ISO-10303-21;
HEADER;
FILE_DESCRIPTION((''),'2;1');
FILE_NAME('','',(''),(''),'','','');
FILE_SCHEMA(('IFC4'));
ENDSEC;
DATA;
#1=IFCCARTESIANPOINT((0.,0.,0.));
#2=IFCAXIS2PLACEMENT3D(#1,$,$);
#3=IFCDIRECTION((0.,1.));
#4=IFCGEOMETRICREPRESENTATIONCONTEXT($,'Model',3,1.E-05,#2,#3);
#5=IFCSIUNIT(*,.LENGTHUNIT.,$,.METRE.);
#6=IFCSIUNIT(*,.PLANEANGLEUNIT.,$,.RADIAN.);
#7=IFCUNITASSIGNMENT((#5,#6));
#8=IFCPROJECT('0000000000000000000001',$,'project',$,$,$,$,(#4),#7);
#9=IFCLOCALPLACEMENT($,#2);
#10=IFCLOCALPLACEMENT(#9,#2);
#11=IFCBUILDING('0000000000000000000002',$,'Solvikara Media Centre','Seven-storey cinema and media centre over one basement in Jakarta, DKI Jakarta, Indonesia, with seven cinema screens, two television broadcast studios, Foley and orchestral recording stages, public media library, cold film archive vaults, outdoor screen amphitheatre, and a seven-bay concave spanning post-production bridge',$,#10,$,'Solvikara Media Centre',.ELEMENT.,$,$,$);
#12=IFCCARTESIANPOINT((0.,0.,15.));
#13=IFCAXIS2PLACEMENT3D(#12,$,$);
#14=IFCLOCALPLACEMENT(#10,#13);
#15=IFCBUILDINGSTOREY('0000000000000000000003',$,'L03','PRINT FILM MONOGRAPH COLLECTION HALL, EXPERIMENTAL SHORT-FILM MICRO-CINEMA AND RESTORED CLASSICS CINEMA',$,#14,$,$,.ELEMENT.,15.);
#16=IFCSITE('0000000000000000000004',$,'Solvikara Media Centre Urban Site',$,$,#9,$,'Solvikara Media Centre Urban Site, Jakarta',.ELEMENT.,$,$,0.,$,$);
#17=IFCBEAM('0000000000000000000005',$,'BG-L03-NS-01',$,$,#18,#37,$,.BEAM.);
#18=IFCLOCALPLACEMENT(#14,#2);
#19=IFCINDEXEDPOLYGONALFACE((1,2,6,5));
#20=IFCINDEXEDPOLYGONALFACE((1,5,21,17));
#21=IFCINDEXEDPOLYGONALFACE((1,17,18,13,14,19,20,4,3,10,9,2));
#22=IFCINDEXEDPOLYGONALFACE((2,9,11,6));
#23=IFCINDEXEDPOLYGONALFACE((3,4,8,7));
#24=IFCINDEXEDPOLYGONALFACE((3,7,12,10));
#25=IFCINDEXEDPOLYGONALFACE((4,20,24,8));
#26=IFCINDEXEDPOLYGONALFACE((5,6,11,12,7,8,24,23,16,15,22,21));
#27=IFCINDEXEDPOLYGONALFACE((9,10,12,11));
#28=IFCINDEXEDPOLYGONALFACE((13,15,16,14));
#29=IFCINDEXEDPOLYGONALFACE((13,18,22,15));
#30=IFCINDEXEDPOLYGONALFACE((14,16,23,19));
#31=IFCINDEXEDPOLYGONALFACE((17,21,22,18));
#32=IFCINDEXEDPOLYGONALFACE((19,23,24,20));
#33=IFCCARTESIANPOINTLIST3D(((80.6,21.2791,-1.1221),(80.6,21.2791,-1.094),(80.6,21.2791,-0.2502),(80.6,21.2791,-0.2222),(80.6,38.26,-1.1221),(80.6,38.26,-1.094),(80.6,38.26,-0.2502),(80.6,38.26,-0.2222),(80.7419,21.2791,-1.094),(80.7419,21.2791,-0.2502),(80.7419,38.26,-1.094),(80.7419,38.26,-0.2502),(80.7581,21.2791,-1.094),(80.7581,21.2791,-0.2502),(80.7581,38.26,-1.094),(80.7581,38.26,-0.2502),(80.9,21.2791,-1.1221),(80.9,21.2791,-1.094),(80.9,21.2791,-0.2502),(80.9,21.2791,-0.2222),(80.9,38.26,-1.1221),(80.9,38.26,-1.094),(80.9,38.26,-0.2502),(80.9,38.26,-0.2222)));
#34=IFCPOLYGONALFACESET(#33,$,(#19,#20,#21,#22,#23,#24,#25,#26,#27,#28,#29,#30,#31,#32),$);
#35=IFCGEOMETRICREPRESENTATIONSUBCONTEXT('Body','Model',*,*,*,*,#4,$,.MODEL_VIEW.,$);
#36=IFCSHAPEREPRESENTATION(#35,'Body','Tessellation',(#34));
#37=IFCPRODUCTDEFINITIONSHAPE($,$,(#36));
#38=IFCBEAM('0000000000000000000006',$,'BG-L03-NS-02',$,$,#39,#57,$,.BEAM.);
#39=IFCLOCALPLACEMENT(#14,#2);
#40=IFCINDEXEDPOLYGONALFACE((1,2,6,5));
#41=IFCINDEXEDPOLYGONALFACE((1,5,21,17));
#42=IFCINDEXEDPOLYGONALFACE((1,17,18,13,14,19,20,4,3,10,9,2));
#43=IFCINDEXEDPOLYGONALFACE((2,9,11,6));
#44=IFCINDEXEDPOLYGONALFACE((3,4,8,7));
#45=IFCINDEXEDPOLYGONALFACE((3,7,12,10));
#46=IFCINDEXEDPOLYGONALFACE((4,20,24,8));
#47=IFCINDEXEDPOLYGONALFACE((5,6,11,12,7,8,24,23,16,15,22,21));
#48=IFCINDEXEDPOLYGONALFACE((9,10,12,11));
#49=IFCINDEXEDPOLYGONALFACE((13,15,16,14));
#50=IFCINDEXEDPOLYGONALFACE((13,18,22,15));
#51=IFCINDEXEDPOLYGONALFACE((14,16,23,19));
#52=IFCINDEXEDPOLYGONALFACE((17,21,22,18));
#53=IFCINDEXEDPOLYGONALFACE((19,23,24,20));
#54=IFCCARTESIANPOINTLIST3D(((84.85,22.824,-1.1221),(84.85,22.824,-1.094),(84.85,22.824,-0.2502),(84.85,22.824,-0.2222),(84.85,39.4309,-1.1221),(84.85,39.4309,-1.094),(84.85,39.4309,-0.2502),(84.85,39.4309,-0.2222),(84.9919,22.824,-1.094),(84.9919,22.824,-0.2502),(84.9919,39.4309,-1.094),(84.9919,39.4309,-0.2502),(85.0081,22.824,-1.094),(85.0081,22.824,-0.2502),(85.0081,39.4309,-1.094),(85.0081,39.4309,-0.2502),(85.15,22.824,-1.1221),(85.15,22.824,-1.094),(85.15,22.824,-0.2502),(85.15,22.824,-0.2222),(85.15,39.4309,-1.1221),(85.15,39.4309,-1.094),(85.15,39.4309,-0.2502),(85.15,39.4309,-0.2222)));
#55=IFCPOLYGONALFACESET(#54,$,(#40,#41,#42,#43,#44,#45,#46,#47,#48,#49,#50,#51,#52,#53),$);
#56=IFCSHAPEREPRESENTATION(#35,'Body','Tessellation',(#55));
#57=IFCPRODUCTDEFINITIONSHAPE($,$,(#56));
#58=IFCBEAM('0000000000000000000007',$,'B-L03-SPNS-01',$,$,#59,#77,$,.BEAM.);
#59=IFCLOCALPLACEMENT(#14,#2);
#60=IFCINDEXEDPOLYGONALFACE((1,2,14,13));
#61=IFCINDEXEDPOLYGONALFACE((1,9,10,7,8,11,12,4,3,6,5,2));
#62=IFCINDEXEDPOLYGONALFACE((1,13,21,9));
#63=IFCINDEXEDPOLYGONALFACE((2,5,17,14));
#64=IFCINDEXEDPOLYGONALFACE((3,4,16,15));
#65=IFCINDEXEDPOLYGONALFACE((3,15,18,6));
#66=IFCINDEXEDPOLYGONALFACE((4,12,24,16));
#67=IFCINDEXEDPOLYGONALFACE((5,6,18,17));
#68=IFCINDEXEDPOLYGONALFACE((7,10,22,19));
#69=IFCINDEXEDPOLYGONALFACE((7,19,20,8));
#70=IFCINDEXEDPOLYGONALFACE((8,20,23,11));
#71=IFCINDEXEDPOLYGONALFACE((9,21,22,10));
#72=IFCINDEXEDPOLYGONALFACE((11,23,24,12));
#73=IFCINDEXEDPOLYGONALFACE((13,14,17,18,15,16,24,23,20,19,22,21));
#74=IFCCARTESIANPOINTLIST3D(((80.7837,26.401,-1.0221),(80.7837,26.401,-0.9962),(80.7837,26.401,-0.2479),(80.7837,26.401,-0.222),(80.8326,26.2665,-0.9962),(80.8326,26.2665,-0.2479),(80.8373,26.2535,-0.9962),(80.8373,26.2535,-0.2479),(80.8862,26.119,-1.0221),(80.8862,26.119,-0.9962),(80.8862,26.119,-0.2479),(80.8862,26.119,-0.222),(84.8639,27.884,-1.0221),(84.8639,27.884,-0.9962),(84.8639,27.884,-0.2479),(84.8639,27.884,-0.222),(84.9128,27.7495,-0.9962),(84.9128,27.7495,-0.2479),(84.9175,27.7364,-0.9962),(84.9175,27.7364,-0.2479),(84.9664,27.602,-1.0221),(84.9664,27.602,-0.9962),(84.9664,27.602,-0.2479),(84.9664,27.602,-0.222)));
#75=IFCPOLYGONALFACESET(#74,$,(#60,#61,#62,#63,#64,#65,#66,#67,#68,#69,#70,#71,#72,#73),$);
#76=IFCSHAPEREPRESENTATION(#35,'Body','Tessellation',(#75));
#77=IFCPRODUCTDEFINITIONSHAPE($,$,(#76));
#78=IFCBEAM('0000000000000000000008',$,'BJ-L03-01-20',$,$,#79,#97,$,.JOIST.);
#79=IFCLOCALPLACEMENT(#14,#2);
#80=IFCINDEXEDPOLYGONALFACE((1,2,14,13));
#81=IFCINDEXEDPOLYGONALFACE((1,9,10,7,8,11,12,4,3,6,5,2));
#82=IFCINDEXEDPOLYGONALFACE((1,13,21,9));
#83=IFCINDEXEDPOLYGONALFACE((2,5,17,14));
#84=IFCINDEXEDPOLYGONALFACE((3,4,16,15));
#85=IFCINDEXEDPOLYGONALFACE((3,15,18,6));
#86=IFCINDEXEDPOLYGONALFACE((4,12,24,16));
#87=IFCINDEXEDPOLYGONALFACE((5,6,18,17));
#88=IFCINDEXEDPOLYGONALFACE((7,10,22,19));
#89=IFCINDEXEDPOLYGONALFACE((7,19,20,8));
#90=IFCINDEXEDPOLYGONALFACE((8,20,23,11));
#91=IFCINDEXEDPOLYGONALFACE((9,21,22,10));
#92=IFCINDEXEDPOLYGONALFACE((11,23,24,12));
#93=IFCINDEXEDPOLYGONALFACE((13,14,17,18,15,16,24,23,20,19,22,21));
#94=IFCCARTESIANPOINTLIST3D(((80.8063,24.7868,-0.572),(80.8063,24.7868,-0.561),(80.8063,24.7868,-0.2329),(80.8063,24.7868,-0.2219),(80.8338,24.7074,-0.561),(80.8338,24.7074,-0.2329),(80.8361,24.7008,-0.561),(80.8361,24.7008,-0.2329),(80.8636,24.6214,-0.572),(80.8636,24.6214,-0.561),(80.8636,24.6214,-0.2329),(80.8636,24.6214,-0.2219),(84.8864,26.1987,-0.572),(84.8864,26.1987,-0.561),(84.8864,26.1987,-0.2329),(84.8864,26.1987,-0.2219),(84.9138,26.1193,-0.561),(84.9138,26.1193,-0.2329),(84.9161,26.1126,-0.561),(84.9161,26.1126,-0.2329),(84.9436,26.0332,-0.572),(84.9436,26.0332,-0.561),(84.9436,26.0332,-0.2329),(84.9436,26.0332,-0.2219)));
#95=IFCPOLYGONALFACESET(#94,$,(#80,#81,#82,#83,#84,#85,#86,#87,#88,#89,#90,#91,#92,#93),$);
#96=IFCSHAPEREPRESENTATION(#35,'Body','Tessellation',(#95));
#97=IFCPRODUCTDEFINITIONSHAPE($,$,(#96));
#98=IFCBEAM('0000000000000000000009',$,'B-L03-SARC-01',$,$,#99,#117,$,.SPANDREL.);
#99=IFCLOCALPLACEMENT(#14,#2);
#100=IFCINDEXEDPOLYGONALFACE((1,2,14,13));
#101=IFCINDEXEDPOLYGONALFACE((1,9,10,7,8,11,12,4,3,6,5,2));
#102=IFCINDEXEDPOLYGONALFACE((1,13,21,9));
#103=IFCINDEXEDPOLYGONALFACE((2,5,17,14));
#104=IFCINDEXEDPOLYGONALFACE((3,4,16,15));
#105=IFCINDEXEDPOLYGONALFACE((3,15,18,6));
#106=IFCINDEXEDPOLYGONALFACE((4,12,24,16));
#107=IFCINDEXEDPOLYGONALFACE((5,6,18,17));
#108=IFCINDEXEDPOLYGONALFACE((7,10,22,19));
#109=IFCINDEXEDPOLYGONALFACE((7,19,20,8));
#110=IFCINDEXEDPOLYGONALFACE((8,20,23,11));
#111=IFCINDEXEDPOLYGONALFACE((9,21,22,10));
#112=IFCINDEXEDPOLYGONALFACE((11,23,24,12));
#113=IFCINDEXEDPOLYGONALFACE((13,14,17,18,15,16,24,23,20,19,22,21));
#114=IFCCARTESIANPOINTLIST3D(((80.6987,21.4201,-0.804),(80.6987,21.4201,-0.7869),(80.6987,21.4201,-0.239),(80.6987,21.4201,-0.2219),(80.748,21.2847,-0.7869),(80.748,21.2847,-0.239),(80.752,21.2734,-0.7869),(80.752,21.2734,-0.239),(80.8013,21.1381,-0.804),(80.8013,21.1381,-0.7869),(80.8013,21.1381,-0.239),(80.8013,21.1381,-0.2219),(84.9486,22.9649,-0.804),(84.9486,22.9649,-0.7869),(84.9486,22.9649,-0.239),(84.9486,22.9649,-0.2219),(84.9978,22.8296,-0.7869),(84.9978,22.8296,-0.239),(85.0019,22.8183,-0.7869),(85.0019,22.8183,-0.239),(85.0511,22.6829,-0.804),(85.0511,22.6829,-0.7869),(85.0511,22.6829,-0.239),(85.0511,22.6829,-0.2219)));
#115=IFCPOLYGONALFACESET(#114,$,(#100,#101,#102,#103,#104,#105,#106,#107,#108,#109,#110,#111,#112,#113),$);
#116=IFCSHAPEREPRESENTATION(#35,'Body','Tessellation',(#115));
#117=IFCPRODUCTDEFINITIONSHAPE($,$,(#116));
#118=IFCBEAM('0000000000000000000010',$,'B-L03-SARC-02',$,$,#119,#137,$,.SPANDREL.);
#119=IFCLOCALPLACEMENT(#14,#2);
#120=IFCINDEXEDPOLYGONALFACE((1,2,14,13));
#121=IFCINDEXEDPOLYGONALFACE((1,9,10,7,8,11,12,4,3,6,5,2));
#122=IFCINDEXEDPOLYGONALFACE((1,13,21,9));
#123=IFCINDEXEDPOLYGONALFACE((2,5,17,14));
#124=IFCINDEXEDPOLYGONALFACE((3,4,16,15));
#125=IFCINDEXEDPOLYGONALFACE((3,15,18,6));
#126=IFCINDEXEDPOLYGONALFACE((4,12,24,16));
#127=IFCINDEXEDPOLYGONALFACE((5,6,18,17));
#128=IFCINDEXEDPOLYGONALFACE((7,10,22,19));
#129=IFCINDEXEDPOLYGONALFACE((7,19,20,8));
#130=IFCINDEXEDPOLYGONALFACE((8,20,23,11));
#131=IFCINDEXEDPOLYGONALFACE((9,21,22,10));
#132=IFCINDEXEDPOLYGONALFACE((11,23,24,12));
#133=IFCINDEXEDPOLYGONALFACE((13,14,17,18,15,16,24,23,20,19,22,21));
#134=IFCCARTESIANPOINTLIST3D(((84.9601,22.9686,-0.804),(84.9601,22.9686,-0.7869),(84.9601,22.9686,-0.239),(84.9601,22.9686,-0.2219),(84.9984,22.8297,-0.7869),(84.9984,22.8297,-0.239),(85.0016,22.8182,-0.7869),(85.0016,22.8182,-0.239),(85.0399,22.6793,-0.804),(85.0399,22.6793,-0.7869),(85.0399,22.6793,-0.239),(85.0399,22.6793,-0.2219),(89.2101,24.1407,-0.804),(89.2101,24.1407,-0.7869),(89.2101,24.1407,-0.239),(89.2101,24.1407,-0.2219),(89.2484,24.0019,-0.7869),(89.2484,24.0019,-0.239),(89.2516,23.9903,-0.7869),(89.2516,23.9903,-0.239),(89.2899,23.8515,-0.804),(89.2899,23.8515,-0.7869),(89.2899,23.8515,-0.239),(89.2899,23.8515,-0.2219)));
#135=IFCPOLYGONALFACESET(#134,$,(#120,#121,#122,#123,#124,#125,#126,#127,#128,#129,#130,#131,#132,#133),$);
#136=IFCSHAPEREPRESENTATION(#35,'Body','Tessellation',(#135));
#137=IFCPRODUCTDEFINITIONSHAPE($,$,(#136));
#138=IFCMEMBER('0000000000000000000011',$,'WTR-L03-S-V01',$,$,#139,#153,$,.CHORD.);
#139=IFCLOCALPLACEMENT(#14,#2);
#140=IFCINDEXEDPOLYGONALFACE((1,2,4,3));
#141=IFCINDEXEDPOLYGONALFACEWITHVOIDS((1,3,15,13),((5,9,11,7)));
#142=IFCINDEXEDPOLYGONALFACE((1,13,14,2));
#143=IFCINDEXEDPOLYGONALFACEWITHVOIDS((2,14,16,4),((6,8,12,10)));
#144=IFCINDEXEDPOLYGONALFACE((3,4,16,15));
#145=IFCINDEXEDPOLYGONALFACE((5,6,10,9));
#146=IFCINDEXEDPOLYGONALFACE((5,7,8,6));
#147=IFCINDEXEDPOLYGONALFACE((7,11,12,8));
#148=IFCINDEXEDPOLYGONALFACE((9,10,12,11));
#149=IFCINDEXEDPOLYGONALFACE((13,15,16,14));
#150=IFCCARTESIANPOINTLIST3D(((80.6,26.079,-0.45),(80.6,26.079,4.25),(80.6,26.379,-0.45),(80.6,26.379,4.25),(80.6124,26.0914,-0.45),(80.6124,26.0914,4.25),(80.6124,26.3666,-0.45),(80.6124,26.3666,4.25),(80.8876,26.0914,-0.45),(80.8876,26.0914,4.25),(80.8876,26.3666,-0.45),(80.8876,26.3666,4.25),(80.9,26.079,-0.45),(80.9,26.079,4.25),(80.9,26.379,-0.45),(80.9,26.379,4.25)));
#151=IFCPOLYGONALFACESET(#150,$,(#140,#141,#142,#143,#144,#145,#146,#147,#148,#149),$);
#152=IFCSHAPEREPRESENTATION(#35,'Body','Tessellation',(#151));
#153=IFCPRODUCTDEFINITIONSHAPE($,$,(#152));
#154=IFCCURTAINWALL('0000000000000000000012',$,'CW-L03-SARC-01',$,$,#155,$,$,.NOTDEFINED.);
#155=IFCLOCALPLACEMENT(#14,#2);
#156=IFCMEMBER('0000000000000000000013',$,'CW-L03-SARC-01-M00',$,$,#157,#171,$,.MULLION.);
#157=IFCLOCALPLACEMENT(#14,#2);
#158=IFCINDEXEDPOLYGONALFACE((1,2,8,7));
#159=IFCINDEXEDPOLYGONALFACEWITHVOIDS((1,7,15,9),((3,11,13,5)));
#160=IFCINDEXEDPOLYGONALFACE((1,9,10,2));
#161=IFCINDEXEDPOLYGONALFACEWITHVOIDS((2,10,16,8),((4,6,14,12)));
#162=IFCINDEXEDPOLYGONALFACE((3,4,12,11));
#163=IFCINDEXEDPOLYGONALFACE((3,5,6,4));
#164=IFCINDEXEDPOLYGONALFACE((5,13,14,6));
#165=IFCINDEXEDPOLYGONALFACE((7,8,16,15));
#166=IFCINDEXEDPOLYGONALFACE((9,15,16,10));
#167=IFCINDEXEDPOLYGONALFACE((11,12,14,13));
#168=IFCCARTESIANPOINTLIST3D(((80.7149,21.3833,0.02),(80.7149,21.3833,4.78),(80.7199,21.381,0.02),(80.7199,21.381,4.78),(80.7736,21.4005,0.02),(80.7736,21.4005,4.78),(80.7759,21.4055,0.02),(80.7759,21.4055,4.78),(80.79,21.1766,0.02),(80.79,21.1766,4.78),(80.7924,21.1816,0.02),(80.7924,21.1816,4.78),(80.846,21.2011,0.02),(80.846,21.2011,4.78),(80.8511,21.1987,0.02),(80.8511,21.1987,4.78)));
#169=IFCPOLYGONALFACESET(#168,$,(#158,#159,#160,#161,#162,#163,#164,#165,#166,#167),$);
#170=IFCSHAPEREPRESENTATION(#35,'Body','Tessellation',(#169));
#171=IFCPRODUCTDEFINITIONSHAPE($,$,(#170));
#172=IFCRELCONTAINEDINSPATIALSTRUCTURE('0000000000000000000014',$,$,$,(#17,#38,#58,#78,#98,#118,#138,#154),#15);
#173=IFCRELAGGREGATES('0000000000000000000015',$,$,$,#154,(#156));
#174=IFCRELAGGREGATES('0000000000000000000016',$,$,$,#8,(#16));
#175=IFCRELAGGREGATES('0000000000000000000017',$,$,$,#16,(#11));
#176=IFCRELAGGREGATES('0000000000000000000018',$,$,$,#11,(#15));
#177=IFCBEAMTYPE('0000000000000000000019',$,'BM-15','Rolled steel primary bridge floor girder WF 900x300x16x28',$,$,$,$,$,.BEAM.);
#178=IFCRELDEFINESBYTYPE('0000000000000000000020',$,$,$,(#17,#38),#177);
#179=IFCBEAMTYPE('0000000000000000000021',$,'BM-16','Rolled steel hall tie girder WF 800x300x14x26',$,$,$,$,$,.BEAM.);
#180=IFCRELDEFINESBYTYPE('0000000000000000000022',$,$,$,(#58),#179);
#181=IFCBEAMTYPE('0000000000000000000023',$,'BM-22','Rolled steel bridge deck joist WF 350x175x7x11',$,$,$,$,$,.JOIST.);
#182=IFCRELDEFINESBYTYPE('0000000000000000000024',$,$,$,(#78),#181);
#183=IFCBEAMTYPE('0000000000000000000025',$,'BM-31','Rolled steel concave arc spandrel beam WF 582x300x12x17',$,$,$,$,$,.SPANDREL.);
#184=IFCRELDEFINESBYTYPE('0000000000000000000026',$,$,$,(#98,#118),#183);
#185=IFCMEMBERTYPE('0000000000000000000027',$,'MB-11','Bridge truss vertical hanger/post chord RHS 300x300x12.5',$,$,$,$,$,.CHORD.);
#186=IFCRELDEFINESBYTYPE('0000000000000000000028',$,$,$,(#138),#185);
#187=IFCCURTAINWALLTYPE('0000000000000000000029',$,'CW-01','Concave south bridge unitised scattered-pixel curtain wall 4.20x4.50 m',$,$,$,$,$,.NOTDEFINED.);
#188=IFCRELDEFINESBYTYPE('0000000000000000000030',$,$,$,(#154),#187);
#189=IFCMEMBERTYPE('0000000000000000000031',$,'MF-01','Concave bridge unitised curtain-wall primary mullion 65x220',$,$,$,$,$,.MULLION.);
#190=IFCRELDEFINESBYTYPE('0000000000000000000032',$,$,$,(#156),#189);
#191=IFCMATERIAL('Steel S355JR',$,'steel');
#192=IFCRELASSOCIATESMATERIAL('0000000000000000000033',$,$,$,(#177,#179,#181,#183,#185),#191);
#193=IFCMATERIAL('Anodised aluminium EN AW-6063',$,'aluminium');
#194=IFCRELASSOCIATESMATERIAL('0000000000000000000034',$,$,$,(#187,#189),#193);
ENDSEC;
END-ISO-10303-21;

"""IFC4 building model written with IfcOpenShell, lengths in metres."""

from ifc_helpers import new_model, si_unit, direction, frame, origin, origin_2d, place, context, subcontext, project, spatial, hollow_rectangle, i_section, extrude, material, material_profile, profile_set, type_object, element, aggregate, save


model = new_model("IFC4")

# Units and contexts
model_context = context("Model", 3, precision=1e-05, world=origin(), true_north=direction((0.0, 1.0)))
body_context = subcontext(model_context, "Body", "Model", "MODEL_VIEW")
ifc_project = project(units=[si_unit("LENGTHUNIT", "METRE"), si_unit("PLANEANGLEUNIT", "RADIAN")], contexts=[model_context])

# Site, building, storey
site_placement = place(None, origin())
site = spatial("IfcSite", under=ifc_project, at=site_placement, Name="Solvikara Media Centre Urban Site", LongName="Solvikara Media Centre Urban Site, Jakarta", CompositionType="ELEMENT", RefElevation=0.0)
building_placement = place(site_placement, origin())
building = spatial("IfcBuilding", under=site, at=building_placement, Name="Solvikara Media Centre", Description="Seven-storey cinema and media centre over one basement in Jakarta, DKI Jakarta, Indonesia, with seven cinema screens, two television broadcast studios, Foley and orchestral recording stages, public media library, cold film archive vaults, outdoor screen amphitheatre, and a seven-bay concave spanning post-production bridge", LongName="Solvikara Media Centre", CompositionType="ELEMENT")
storey_placement = place(building_placement, frame((0.0, 0.0, 15.0)))
storey = spatial("IfcBuildingStorey", under=building, at=storey_placement, Name="L03", Description="PRINT FILM MONOGRAPH COLLECTION HALL, EXPERIMENTAL SHORT-FILM MICRO-CINEMA AND RESTORED CLASSICS CINEMA", CompositionType="ELEMENT", Elevation=15.0)

# Beams
ifc_material_1 = material(Name="Steel S355JR", Category="steel")
ifc_material_profile_1 = material_profile(ifc_material_1, i_section(OverallWidth=0.3, OverallDepth=0.8999, WebThickness=0.0161, FlangeThickness=0.0281, at=origin_2d()), Name="WF 900x300x16x28")
ifc_profile_set_1 = profile_set([ifc_material_profile_1], Name="Steel S355JR")
beam_type_1 = type_object("IfcBeamType", Name="BM-15", Description="Rolled steel primary bridge floor girder WF 900x300x16x28", PredefinedType="BEAM", material=ifc_profile_set_1)
beam_1_placement = place(storey_placement, frame((80.75, 21.2791, -0.6721), z_axis=(0.0, 1.0, 0.0), x_axis=(-1.0, 0.0, 0.0)))
element("IfcBeam", 1, at=beam_1_placement, inside=storey, type_object=beam_type_1, Name="BG-L03-NS-01", PredefinedType="BEAM", context=body_context, shape_type="SweptSolid", body=[
    extrude(i_section(OverallWidth=0.3, OverallDepth=0.8999, WebThickness=0.0161, FlangeThickness=0.0281, at=origin_2d()), origin(), (0.0, 0.0, 1.0), 16.981),
])
beam_2_placement = place(storey_placement, frame((85.0, 22.824, -0.6721), z_axis=(0.0, 1.0, 0.0), x_axis=(-1.0, 0.0, 0.0)))
element("IfcBeam", 2, at=beam_2_placement, inside=storey, type_object=beam_type_1, Name="BG-L03-NS-02", PredefinedType="BEAM", context=body_context, shape_type="SweptSolid", body=[
    extrude(i_section(OverallWidth=0.3, OverallDepth=0.8999, WebThickness=0.0161, FlangeThickness=0.0281, at=origin_2d()), origin(), (0.0, 0.0, 1.0), 16.6069),
])
ifc_material_profile_2 = material_profile(ifc_material_1, i_section(OverallWidth=0.3, OverallDepth=0.8, WebThickness=0.0139, FlangeThickness=0.0259, at=origin_2d()), Name="WF 800x300x14x26")
ifc_profile_set_2 = profile_set([ifc_material_profile_2], Name="Steel S355JR")
beam_type_2 = type_object("IfcBeamType", Name="BM-16", Description="Rolled steel hall tie girder WF 800x300x14x26", PredefinedType="BEAM", material=ifc_profile_set_2)
beam_3_placement = place(storey_placement, frame((80.835, 26.26, -0.6221), z_axis=(0.939849, 0.34159, 0.0), x_axis=(-0.34159, 0.939849, 0.0)))
element("IfcBeam", 3, at=beam_3_placement, inside=storey, type_object=beam_type_2, Name="B-L03-SPNS-01", PredefinedType="BEAM", context=body_context, shape_type="SweptSolid", body=[
    extrude(i_section(OverallWidth=0.3, OverallDepth=0.8, WebThickness=0.0139, FlangeThickness=0.0259, at=origin_2d()), origin(), (0.0, 0.0, 1.0), 4.3413),
])
ifc_material_profile_3 = material_profile(ifc_material_1, i_section(OverallWidth=0.175, OverallDepth=0.3501, WebThickness=0.0071, FlangeThickness=0.011, at=origin_2d()), Name="WF 350x175x7x11")
ifc_profile_set_3 = profile_set([ifc_material_profile_3], Name="Steel S355JR")
beam_type_3 = type_object("IfcBeamType", Name="BM-22", Description="Rolled steel bridge deck joist WF 350x175x7x11", PredefinedType="JOIST", material=ifc_profile_set_3)
beam_4_placement = place(storey_placement, frame((80.835, 24.7041, -0.397), z_axis=(0.94502, 0.327013, 0.0), x_axis=(-0.327013, 0.94502, 0.0)))
element("IfcBeam", 4, at=beam_4_placement, inside=storey, type_object=beam_type_3, Name="BJ-L03-01-20", PredefinedType="JOIST", context=body_context, shape_type="SweptSolid", body=[
    extrude(i_section(OverallWidth=0.175, OverallDepth=0.3501, WebThickness=0.0071, FlangeThickness=0.011, at=origin_2d()), origin(), (0.0, 0.0, 1.0), 4.3174),
])
ifc_material_profile_4 = material_profile(ifc_material_1, i_section(OverallWidth=0.3, OverallDepth=0.582, WebThickness=0.012, FlangeThickness=0.0171, at=origin_2d()), Name="WF 582x300x12x17")
ifc_profile_set_4 = profile_set([ifc_material_profile_4], Name="Steel S355JR")
beam_type_4 = type_object("IfcBeamType", Name="BM-31", Description="Rolled steel concave arc spandrel beam WF 582x300x12x17", PredefinedType="SPANDREL", material=ifc_profile_set_4)
beam_5_placement = place(storey_placement, frame((80.75, 21.2791, -0.5129), z_axis=(0.939831, 0.341639, 0.0), x_axis=(-0.341639, 0.939831, 0.0)))
element("IfcBeam", 5, at=beam_5_placement, inside=storey, type_object=beam_type_4, Name="B-L03-SARC-01", PredefinedType="SPANDREL", context=body_context, shape_type="SweptSolid", body=[
    extrude(i_section(OverallWidth=0.3, OverallDepth=0.582, WebThickness=0.012, FlangeThickness=0.0171, at=origin_2d()), origin(), (0.0, 0.0, 1.0), 4.522),
])
beam_6_placement = place(storey_placement, frame((85.0, 22.824, -0.5129), z_axis=(0.96401, 0.265867, 0.0), x_axis=(-0.265867, 0.96401, 0.0)))
element("IfcBeam", 6, at=beam_6_placement, inside=storey, type_object=beam_type_4, Name="B-L03-SARC-02", PredefinedType="SPANDREL", context=body_context, shape_type="SweptSolid", body=[
    extrude(i_section(OverallWidth=0.3, OverallDepth=0.582, WebThickness=0.012, FlangeThickness=0.0171, at=origin_2d()), origin(), (0.0, 0.0, 1.0), 4.4087),
])

# Member
ifc_material_profile_5 = material_profile(ifc_material_1, hollow_rectangle(XDim=0.3, YDim=0.3, WallThickness=0.0125, at=origin_2d()), Name="RHS 300x300x12.5")
ifc_profile_set_5 = profile_set([ifc_material_profile_5], Name="Steel S355JR")
member_type_1 = type_object("IfcMemberType", Name="MB-11", Description="Bridge truss vertical hanger/post chord RHS 300x300x12.5", PredefinedType="CHORD", material=ifc_profile_set_5)
member_1_placement = place(storey_placement, frame((80.75, 26.229, -0.45), z_axis=(0.0, 0.0, 1.0), x_axis=(1.0, 0.0, 0.0)))
element("IfcMember", 7, at=member_1_placement, inside=storey, type_object=member_type_1, Name="WTR-L03-S-V01", PredefinedType="CHORD", context=body_context, shape_type="SweptSolid", body=[
    extrude(hollow_rectangle(XDim=0.3, YDim=0.3, WallThickness=0.0125, at=origin_2d()), origin(), (0.0, 0.0, 1.0), 4.7),
])

# Curtain wall, member
ifc_material_2 = material(Name="Anodised aluminium EN AW-6063", Category="aluminium")
curtain_wall_type = type_object("IfcCurtainWallType", Name="CW-01", Description="Concave south bridge unitised scattered-pixel curtain wall 4.20x4.50 m", PredefinedType="NOTDEFINED", material=ifc_material_2)
curtain_wall_1_placement = place(storey_placement, origin())
curtain_wall_1 = element("IfcCurtainWall", 8, at=curtain_wall_1_placement, inside=storey, type_object=curtain_wall_type, Name="CW-L03-SARC-01", PredefinedType="NOTDEFINED")
ifc_material_profile_6 = material_profile(ifc_material_2, hollow_rectangle(XDim=0.0649, YDim=0.22, WallThickness=0.0039, at=origin_2d()), Name="ALU-M 65x220x4")
ifc_profile_set_6 = profile_set([ifc_material_profile_6], Name="Anodised aluminium EN AW-6063")
member_type_2 = type_object("IfcMemberType", Name="MF-01", Description="Concave bridge unitised curtain-wall primary mullion 65x220", PredefinedType="MULLION", material=ifc_profile_set_6)
member_2_placement = place(storey_placement, frame((80.783, 21.291, 0.02), z_axis=(0.0, 0.0, 1.0), x_axis=(0.939824, 0.341659, 0.0)))
member_2 = element("IfcMember", 9, at=member_2_placement, type_object=member_type_2, Name="CW-L03-SARC-01-M00", PredefinedType="MULLION", context=body_context, shape_type="SweptSolid", body=[
    extrude(hollow_rectangle(XDim=0.0649, YDim=0.22, WallThickness=0.0039, at=origin_2d()), origin(), (0.0, 0.0, 1.0), 4.76),
])

aggregate(curtain_wall_1, [member_2])

save(model, "model.ifc")
